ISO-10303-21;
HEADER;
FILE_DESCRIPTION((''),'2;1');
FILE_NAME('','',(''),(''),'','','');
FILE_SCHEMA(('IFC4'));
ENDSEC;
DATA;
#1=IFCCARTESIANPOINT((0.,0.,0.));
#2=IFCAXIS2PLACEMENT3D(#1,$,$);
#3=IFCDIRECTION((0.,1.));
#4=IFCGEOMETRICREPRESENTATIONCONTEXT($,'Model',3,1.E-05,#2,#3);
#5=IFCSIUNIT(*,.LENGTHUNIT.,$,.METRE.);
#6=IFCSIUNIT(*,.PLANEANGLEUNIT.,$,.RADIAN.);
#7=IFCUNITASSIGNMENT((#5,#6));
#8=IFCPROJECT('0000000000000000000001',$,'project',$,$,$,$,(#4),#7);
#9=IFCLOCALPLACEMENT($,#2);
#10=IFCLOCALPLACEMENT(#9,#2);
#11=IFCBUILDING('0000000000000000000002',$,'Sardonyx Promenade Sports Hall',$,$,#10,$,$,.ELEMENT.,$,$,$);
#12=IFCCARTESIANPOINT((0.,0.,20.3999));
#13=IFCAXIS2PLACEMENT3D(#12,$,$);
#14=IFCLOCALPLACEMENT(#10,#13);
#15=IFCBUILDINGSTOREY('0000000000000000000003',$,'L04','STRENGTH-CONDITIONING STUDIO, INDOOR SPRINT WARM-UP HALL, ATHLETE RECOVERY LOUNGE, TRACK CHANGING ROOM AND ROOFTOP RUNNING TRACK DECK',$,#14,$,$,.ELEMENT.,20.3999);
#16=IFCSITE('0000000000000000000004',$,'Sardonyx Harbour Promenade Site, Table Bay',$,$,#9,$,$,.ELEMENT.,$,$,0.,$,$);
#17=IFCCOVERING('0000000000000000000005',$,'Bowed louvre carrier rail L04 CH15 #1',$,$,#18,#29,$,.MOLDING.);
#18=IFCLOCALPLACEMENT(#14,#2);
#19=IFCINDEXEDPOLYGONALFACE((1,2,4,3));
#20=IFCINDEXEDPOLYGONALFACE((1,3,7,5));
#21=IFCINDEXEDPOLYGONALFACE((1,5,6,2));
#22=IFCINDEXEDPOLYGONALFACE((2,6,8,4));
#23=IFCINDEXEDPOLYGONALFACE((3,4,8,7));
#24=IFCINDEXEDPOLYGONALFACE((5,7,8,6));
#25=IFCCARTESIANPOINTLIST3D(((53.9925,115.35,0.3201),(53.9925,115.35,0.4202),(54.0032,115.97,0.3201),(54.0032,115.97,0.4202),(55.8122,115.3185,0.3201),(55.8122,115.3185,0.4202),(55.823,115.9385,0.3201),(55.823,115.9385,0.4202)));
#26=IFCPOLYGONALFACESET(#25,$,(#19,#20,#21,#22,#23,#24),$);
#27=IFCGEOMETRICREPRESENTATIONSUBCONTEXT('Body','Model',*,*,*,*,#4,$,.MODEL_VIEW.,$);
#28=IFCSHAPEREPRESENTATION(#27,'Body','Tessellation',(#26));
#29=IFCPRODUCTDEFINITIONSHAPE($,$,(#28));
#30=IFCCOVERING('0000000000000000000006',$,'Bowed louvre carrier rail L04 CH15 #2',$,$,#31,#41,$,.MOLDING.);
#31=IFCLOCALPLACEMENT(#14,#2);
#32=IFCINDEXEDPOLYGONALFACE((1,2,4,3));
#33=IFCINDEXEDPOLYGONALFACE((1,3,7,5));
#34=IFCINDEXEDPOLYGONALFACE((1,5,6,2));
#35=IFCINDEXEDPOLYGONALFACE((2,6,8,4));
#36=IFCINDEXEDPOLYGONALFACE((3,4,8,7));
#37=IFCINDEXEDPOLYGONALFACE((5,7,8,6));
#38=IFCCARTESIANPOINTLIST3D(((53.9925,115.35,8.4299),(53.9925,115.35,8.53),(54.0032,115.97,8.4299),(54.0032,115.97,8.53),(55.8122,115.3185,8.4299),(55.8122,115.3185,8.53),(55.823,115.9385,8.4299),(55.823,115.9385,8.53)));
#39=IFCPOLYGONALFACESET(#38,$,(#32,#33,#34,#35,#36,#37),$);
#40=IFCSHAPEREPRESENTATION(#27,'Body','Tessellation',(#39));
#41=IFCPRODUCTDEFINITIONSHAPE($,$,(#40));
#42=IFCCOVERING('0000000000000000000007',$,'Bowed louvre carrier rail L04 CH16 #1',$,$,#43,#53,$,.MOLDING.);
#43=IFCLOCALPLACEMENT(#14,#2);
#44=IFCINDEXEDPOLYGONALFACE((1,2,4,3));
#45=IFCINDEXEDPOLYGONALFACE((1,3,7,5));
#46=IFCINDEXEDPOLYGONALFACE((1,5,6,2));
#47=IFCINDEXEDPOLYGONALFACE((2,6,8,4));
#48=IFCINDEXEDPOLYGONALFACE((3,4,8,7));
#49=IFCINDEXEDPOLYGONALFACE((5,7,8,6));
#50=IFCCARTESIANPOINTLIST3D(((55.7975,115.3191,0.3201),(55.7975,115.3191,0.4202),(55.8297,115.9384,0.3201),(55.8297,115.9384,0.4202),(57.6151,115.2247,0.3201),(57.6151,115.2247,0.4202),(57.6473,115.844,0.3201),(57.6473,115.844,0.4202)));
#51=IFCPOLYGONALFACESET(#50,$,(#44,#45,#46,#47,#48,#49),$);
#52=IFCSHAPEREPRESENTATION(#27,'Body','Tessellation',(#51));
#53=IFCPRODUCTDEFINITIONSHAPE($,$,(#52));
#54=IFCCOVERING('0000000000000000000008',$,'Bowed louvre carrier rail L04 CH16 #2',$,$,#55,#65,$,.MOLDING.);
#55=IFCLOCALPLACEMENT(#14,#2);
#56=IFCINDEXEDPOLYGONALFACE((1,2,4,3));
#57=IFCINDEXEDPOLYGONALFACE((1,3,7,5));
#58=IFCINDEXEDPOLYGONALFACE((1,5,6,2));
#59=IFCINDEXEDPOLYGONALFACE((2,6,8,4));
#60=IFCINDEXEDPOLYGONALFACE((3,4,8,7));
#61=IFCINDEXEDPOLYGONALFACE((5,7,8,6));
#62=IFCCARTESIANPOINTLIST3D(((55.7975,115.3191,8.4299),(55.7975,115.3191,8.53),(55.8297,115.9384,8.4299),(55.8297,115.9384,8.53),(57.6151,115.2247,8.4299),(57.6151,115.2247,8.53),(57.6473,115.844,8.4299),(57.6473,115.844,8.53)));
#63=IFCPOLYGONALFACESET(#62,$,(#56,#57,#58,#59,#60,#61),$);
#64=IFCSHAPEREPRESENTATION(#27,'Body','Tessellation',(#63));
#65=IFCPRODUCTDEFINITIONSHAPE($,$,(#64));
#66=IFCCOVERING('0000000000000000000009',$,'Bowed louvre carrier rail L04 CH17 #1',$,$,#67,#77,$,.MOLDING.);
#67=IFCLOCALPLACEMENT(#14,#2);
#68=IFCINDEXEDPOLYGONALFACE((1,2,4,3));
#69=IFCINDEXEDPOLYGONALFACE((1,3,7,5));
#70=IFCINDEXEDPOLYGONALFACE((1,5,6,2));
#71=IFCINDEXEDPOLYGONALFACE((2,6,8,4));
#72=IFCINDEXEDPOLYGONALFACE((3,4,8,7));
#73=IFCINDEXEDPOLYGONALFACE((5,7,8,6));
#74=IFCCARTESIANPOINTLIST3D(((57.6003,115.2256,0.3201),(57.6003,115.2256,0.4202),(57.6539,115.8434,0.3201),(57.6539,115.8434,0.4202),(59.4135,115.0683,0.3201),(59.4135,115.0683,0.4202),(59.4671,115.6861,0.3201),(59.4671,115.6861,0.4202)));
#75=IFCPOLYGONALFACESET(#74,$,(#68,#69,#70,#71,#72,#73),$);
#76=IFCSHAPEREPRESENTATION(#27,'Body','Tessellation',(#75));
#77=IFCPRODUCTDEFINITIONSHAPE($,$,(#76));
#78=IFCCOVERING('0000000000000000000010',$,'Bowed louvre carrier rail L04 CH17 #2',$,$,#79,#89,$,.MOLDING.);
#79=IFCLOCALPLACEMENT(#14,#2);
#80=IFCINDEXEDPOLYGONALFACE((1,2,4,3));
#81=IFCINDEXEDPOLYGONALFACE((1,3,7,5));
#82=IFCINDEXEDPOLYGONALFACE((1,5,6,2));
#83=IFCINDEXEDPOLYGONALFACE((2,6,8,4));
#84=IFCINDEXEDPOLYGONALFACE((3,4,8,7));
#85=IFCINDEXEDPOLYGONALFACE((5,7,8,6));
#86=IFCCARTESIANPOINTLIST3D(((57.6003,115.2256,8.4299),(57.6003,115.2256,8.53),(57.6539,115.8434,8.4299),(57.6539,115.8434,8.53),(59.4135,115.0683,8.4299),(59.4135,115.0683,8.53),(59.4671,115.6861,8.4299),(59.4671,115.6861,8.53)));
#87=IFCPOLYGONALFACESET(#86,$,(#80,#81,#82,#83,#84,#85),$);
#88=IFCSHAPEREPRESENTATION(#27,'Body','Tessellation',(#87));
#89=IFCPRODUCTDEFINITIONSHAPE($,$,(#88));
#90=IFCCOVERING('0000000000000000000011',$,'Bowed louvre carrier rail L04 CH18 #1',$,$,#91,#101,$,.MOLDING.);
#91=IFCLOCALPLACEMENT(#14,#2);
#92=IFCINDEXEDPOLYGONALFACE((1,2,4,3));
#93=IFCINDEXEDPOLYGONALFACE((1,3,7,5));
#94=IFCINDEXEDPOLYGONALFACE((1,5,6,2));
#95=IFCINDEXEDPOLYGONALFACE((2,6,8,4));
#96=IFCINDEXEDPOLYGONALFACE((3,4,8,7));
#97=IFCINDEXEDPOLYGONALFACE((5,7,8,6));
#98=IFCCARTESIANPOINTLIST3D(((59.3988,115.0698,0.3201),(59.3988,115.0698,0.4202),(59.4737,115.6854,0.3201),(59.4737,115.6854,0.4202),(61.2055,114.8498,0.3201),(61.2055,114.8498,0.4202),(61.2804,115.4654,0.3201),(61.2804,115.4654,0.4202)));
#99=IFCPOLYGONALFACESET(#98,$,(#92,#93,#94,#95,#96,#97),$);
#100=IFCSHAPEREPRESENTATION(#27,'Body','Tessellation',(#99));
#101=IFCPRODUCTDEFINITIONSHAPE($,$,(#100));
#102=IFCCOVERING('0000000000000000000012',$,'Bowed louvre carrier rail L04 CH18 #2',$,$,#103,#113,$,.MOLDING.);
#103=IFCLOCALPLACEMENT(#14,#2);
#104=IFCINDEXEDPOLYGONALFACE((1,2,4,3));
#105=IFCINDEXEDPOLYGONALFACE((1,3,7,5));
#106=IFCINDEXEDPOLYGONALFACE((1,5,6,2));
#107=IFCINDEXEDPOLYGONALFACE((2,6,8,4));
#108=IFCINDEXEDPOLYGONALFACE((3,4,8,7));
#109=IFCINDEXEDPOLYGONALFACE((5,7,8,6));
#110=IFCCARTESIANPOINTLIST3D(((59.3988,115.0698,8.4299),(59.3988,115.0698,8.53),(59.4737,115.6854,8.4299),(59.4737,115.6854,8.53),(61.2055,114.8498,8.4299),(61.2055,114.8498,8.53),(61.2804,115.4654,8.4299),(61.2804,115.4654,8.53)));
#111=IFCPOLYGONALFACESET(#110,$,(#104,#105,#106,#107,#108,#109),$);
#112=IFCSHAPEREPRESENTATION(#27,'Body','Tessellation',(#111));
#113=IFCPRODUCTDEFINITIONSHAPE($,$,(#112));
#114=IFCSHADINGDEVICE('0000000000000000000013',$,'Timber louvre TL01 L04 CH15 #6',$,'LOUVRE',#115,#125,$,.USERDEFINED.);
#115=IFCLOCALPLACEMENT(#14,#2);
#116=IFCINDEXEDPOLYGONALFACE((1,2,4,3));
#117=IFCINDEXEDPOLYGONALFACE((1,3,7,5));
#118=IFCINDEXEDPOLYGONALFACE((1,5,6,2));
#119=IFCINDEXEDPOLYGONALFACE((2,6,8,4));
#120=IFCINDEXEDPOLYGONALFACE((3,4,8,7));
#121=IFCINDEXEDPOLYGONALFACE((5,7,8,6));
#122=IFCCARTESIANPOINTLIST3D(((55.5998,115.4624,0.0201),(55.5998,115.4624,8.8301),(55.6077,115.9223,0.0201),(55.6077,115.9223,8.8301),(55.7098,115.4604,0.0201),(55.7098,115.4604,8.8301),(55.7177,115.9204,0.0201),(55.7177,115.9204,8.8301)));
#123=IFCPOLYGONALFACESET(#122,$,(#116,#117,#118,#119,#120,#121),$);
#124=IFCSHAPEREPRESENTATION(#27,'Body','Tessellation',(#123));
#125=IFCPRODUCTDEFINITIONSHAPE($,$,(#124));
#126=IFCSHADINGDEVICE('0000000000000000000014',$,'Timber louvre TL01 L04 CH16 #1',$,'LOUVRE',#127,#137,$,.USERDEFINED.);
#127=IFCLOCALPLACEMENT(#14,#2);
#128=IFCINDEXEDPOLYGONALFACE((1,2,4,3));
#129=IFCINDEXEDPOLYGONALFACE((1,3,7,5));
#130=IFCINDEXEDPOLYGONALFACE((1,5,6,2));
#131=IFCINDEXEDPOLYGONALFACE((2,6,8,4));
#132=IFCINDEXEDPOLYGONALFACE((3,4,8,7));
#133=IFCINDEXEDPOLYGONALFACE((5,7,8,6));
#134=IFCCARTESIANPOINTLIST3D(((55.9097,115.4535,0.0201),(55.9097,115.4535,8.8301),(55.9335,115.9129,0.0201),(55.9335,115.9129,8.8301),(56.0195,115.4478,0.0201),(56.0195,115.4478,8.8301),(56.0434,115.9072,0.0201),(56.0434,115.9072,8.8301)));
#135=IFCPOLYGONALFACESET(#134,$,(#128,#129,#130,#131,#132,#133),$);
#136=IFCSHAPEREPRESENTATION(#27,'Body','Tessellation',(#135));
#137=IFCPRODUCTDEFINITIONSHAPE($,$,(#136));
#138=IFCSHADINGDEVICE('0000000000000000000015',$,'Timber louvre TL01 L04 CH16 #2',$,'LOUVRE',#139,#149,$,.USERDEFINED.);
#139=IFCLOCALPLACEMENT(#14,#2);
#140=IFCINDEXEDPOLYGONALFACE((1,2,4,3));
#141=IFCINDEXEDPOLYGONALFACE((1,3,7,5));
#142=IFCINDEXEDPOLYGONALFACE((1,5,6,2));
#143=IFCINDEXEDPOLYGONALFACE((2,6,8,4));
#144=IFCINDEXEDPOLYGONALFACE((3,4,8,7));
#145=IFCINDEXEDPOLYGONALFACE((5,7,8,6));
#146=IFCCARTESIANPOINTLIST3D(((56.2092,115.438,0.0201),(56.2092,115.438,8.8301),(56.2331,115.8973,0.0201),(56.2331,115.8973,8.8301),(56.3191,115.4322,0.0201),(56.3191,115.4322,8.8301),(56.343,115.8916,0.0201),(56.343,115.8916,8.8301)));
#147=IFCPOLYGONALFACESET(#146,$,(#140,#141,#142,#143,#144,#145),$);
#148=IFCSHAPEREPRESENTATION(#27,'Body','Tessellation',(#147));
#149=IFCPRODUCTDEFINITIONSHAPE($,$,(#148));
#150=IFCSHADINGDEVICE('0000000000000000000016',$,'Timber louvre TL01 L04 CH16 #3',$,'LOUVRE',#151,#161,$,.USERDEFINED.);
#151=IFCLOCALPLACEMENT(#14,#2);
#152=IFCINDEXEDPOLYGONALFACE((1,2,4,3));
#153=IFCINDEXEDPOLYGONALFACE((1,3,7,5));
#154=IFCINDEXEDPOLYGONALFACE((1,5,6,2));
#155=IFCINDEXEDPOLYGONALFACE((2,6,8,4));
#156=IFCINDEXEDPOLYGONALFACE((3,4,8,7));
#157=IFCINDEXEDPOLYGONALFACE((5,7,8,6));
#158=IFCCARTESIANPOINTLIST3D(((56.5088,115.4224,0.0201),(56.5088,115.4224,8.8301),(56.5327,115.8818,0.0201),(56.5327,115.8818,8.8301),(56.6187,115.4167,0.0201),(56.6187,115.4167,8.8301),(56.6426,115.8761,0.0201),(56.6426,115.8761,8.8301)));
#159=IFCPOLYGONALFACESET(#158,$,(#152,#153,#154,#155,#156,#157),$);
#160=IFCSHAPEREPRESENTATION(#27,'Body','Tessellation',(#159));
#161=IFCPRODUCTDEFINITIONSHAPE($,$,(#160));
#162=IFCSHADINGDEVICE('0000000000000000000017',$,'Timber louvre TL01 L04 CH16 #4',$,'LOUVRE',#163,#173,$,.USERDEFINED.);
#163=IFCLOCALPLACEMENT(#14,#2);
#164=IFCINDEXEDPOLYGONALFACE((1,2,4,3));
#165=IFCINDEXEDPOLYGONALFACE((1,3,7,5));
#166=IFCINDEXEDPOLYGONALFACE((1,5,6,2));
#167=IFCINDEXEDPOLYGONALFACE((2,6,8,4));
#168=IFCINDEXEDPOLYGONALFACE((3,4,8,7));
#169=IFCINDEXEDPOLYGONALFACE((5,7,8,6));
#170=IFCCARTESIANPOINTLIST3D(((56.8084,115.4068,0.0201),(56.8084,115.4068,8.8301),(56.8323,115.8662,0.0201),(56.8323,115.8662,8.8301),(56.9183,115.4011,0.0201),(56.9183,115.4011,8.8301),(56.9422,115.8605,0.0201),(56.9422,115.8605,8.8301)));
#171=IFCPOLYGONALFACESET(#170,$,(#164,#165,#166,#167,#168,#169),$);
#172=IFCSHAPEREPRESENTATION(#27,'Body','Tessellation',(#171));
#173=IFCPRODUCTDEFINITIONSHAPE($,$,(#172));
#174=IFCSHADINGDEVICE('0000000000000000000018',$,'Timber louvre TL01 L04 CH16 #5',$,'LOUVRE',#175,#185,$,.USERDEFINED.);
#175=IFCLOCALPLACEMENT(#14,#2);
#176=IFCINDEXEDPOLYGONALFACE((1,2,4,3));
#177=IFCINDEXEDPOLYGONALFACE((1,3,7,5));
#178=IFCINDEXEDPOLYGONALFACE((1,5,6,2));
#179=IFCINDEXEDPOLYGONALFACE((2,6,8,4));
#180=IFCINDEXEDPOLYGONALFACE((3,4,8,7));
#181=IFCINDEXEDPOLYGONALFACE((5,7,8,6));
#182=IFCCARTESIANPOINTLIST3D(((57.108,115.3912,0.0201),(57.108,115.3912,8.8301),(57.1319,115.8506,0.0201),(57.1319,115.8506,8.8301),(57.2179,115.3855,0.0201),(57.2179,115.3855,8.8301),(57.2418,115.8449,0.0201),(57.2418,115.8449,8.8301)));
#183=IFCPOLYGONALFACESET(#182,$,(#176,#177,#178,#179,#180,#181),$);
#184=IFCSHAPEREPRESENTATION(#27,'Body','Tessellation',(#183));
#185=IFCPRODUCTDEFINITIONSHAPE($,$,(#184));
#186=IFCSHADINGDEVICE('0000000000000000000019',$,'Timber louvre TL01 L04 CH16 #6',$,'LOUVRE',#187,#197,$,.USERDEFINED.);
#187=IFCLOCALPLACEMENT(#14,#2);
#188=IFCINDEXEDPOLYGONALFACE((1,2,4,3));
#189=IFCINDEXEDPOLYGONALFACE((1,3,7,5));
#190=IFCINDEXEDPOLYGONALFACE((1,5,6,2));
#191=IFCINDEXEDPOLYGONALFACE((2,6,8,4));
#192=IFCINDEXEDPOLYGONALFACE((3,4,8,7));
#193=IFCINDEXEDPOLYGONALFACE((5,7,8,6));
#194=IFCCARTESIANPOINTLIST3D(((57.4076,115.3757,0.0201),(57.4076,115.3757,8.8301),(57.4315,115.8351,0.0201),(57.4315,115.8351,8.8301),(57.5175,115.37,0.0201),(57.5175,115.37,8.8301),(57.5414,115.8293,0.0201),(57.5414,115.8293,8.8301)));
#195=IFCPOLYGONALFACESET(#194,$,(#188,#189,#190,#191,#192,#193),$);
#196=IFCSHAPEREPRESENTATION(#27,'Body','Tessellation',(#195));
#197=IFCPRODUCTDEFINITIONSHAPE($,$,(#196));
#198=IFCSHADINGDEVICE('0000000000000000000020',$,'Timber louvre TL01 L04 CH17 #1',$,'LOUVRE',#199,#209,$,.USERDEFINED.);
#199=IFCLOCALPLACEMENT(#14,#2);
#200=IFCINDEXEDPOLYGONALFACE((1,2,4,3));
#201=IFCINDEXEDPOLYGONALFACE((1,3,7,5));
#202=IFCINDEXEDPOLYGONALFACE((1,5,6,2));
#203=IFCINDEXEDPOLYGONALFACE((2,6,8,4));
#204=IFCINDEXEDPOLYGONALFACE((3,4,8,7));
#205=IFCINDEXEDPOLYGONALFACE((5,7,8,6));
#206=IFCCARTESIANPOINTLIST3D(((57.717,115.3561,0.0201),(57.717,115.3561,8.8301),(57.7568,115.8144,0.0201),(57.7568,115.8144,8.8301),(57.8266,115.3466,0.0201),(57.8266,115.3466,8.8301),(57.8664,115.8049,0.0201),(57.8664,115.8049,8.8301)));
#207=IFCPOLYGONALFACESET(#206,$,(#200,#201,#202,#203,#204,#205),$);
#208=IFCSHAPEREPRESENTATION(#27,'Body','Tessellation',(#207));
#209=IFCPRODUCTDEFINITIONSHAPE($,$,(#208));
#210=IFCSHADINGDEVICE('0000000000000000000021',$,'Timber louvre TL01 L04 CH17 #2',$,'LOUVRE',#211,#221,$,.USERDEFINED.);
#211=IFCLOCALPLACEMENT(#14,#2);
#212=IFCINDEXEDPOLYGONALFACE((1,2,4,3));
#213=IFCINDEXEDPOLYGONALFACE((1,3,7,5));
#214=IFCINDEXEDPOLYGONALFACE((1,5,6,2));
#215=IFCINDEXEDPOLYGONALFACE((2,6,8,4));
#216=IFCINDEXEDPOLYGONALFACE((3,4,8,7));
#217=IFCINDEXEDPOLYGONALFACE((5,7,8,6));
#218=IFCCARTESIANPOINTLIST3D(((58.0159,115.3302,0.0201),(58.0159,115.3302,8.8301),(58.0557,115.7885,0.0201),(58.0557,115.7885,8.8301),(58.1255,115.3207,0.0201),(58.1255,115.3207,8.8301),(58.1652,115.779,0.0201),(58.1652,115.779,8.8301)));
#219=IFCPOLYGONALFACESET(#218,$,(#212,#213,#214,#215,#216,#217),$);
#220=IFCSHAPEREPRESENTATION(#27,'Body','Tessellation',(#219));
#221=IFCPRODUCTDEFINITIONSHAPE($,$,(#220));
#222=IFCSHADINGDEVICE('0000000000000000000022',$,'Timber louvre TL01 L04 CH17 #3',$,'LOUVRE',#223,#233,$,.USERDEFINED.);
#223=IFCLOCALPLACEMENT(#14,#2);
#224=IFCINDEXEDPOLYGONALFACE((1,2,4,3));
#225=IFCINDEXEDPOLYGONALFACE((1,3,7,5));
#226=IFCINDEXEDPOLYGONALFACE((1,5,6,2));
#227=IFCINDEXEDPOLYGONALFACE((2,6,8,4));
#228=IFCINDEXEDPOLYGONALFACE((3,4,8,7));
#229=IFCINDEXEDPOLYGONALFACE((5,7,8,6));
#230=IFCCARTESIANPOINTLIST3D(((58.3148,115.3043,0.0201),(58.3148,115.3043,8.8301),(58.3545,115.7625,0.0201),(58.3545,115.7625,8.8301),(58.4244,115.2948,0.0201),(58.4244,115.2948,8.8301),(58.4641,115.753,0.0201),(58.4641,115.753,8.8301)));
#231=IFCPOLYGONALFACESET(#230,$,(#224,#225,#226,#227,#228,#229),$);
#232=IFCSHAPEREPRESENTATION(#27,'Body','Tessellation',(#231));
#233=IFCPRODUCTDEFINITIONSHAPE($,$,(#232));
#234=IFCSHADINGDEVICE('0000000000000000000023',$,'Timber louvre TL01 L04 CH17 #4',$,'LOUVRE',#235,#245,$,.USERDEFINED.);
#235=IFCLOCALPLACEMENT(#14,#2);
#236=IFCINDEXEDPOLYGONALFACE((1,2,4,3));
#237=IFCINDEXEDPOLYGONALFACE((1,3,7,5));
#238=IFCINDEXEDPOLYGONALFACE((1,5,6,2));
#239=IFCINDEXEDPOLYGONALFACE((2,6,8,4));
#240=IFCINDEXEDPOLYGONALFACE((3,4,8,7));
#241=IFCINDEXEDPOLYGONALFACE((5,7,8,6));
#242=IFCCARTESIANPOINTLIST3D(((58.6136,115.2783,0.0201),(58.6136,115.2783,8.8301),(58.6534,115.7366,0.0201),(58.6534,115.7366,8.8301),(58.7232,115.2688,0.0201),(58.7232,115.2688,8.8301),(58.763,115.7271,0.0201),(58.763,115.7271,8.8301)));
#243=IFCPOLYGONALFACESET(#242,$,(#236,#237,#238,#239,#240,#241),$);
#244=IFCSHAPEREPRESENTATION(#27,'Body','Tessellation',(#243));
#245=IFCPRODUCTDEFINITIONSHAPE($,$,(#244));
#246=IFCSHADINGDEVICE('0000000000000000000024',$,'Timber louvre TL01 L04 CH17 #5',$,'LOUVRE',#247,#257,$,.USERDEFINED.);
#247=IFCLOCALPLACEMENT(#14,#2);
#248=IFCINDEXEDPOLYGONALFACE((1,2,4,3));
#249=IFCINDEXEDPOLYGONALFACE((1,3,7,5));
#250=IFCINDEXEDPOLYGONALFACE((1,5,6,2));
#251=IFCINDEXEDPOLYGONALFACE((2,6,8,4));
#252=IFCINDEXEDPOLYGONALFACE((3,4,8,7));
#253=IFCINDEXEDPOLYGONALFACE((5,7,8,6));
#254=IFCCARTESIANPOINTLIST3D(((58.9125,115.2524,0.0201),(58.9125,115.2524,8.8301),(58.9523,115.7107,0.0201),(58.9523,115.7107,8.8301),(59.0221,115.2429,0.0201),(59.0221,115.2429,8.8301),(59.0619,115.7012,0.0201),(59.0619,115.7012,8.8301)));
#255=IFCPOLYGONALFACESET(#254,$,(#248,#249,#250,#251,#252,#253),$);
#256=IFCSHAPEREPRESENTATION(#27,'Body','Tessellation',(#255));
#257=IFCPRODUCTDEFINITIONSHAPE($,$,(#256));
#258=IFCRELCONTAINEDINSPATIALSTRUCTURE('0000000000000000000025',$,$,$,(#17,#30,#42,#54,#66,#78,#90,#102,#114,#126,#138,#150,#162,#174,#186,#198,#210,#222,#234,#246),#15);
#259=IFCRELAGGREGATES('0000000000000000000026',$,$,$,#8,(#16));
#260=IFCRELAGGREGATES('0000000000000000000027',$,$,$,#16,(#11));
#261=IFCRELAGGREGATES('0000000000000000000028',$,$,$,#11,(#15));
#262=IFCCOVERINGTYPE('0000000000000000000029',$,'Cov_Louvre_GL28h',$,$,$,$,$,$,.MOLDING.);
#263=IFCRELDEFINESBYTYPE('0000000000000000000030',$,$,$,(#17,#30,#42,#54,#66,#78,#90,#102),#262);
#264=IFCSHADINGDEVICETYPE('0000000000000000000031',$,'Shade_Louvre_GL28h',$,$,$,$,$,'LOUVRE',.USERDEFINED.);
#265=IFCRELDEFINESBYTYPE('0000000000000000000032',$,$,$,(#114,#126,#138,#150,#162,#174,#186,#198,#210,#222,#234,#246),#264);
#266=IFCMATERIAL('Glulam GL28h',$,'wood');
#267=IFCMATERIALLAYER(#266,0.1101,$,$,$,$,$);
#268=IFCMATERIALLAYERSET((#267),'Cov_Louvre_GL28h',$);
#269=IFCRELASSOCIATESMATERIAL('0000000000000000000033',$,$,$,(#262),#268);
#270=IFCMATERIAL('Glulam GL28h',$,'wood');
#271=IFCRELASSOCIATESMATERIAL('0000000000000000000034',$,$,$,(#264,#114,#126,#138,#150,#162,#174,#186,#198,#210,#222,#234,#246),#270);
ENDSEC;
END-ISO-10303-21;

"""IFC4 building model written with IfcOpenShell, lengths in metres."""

from ifc_helpers import new_model, si_unit, direction, frame, origin, origin_2d, place, context, subcontext, project, spatial, rectangle, extrude, material, layer, layer_set, type_object, element, save


model = new_model("IFC4")

# Units and contexts
model_context = context("Model", 3, precision=1e-05, world=origin(), true_north=direction((0.0, 1.0)))
body_context = subcontext(model_context, "Body", "Model", "MODEL_VIEW")
ifc_project = project(units=[si_unit("LENGTHUNIT", "METRE"), si_unit("PLANEANGLEUNIT", "RADIAN")], contexts=[model_context])

# Site, building, storey
site_placement = place(None, origin())
site = spatial("IfcSite", under=ifc_project, at=site_placement, Name="Sardonyx Harbour Promenade Site, Table Bay", CompositionType="ELEMENT", RefElevation=0.0)
building_placement = place(site_placement, origin())
building = spatial("IfcBuilding", under=site, at=building_placement, Name="Sardonyx Promenade Sports Hall", CompositionType="ELEMENT")
storey_placement = place(building_placement, frame((0.0, 0.0, 20.3999)))
storey = spatial("IfcBuildingStorey", under=building, at=storey_placement, Name="L04", Description="STRENGTH-CONDITIONING STUDIO, INDOOR SPRINT WARM-UP HALL, ATHLETE RECOVERY LOUNGE, TRACK CHANGING ROOM AND ROOFTOP RUNNING TRACK DECK", CompositionType="ELEMENT", Elevation=20.3999)

# Coverings
ifc_material_1 = material(Name="Glulam GL28h", Category="wood")
ifc_layer = layer(ifc_material_1, 0.1101)
ifc_layer_set = layer_set([ifc_layer], Name="Cov_Louvre_GL28h")
covering_type = type_object("IfcCoveringType", Name="Cov_Louvre_GL28h", PredefinedType="MOLDING", material=ifc_layer_set)
for number, where, z_axis, x_axis, name in (
    (1, (54.9077, 115.6443, 0.3201), (0.0, 0.0, 1.0), (0.99985, -0.017308, 0.0), "Bowed louvre carrier rail L04 CH15 #1"),
    (2, (54.9077, 115.6443, 8.4299), (0.0, 0.0, 1.0), (0.99985, -0.017308, 0.0), "Bowed louvre carrier rail L04 CH15 #2"),
    (3, (56.7224, 115.5815, 0.3201), (0.0, 0.0, 1.0), (0.998652, -0.051902, 0.0), "Bowed louvre carrier rail L04 CH16 #1"),
    (4, (56.7224, 115.5815, 8.4299), (0.0, 0.0, 1.0), (0.998652, -0.051902, 0.0), "Bowed louvre carrier rail L04 CH16 #2"),
    (5, (58.5337, 115.4558, 0.3201), (0.0, 0.0, 1.0), (0.996258, -0.086434, 0.0), "Bowed louvre carrier rail L04 CH17 #1"),
    (6, (58.5337, 115.4558, 8.4299), (0.0, 0.0, 1.0), (0.996258, -0.086434, 0.0), "Bowed louvre carrier rail L04 CH17 #2"),
    (7, (60.3396, 115.2676, 0.3201), (0.0, 0.0, 1.0), (0.992669, -0.120863, 0.0), "Bowed louvre carrier rail L04 CH18 #1"),
    (8, (60.3396, 115.2676, 8.4299), (0.0, 0.0, 1.0), (0.992669, -0.120863, 0.0), "Bowed louvre carrier rail L04 CH18 #2"),
):
    element("IfcCovering", number, at=place(storey_placement, frame(where, z_axis=z_axis, x_axis=x_axis)), inside=storey, type_object=covering_type, Name=name, PredefinedType="MOLDING", context=body_context, shape_type="SweptSolid", body=[
        extrude(rectangle(XDim=1.8201, YDim=0.6201, at=origin_2d()), origin(), (0.0, 0.0, 1.0), 0.1001),
    ])

# Shading devices
ifc_material_2 = material(Name="Glulam GL28h", Category="wood")
shading_device_type = type_object("IfcShadingDeviceType", Name="Shade_Louvre_GL28h", ElementType="LOUVRE", PredefinedType="USERDEFINED", material=ifc_material_2)
for number, where, z_axis, x_axis, name in (
    (9, (55.6588, 115.6914, 0.0201), (0.0, 0.0, 1.0), (0.99985, -0.017308, 0.0), "Timber louvre TL01 L04 CH15 #6"),
    (10, (55.9765, 115.6804, 0.0201), (0.0, 0.0, 1.0), (0.998652, -0.051902, 0.0), "Timber louvre TL01 L04 CH16 #1"),
    (11, (56.2761, 115.6648, 0.0201), (0.0, 0.0, 1.0), (0.998652, -0.051902, 0.0), "Timber louvre TL01 L04 CH16 #2"),
    (12, (56.5757, 115.6492, 0.0201), (0.0, 0.0, 1.0), (0.998652, -0.051902, 0.0), "Timber louvre TL01 L04 CH16 #3"),
    (13, (56.8753, 115.6336, 0.0201), (0.0, 0.0, 1.0), (0.998652, -0.051902, 0.0), "Timber louvre TL01 L04 CH16 #4"),
    (14, (57.1749, 115.6181, 0.0201), (0.0, 0.0, 1.0), (0.998652, -0.051902, 0.0), "Timber louvre TL01 L04 CH16 #5"),
    (15, (57.4745, 115.6025, 0.0201), (0.0, 0.0, 1.0), (0.998652, -0.051902, 0.0), "Timber louvre TL01 L04 CH16 #6"),
    (16, (57.7917, 115.5805, 0.0201), (0.0, 0.0, 1.0), (0.996258, -0.086434, 0.0), "Timber louvre TL01 L04 CH17 #1"),
    (17, (58.0906, 115.5546, 0.0201), (0.0, 0.0, 1.0), (0.996258, -0.086434, 0.0), "Timber louvre TL01 L04 CH17 #2"),
    (18, (58.3894, 115.5286, 0.0201), (0.0, 0.0, 1.0), (0.996258, -0.086434, 0.0), "Timber louvre TL01 L04 CH17 #3"),
    (19, (58.6883, 115.5027, 0.0201), (0.0, 0.0, 1.0), (0.996258, -0.086434, 0.0), "Timber louvre TL01 L04 CH17 #4"),
    (20, (58.9872, 115.4768, 0.0201), (0.0, 0.0, 1.0), (0.996258, -0.086434, 0.0), "Timber louvre TL01 L04 CH17 #5"),
):
    element("IfcShadingDevice", number, at=place(storey_placement, frame(where, z_axis=z_axis, x_axis=x_axis)), inside=storey, type_object=shading_device_type, material=ifc_material_2, Name=name, ObjectType="LOUVRE", PredefinedType="USERDEFINED", context=body_context, shape_type="SweptSolid", body=[
        extrude(rectangle(XDim=0.11, YDim=0.46), origin(), (0.0, 0.0, 1.0), 8.81),
    ])

save(model, "model.ifc")
